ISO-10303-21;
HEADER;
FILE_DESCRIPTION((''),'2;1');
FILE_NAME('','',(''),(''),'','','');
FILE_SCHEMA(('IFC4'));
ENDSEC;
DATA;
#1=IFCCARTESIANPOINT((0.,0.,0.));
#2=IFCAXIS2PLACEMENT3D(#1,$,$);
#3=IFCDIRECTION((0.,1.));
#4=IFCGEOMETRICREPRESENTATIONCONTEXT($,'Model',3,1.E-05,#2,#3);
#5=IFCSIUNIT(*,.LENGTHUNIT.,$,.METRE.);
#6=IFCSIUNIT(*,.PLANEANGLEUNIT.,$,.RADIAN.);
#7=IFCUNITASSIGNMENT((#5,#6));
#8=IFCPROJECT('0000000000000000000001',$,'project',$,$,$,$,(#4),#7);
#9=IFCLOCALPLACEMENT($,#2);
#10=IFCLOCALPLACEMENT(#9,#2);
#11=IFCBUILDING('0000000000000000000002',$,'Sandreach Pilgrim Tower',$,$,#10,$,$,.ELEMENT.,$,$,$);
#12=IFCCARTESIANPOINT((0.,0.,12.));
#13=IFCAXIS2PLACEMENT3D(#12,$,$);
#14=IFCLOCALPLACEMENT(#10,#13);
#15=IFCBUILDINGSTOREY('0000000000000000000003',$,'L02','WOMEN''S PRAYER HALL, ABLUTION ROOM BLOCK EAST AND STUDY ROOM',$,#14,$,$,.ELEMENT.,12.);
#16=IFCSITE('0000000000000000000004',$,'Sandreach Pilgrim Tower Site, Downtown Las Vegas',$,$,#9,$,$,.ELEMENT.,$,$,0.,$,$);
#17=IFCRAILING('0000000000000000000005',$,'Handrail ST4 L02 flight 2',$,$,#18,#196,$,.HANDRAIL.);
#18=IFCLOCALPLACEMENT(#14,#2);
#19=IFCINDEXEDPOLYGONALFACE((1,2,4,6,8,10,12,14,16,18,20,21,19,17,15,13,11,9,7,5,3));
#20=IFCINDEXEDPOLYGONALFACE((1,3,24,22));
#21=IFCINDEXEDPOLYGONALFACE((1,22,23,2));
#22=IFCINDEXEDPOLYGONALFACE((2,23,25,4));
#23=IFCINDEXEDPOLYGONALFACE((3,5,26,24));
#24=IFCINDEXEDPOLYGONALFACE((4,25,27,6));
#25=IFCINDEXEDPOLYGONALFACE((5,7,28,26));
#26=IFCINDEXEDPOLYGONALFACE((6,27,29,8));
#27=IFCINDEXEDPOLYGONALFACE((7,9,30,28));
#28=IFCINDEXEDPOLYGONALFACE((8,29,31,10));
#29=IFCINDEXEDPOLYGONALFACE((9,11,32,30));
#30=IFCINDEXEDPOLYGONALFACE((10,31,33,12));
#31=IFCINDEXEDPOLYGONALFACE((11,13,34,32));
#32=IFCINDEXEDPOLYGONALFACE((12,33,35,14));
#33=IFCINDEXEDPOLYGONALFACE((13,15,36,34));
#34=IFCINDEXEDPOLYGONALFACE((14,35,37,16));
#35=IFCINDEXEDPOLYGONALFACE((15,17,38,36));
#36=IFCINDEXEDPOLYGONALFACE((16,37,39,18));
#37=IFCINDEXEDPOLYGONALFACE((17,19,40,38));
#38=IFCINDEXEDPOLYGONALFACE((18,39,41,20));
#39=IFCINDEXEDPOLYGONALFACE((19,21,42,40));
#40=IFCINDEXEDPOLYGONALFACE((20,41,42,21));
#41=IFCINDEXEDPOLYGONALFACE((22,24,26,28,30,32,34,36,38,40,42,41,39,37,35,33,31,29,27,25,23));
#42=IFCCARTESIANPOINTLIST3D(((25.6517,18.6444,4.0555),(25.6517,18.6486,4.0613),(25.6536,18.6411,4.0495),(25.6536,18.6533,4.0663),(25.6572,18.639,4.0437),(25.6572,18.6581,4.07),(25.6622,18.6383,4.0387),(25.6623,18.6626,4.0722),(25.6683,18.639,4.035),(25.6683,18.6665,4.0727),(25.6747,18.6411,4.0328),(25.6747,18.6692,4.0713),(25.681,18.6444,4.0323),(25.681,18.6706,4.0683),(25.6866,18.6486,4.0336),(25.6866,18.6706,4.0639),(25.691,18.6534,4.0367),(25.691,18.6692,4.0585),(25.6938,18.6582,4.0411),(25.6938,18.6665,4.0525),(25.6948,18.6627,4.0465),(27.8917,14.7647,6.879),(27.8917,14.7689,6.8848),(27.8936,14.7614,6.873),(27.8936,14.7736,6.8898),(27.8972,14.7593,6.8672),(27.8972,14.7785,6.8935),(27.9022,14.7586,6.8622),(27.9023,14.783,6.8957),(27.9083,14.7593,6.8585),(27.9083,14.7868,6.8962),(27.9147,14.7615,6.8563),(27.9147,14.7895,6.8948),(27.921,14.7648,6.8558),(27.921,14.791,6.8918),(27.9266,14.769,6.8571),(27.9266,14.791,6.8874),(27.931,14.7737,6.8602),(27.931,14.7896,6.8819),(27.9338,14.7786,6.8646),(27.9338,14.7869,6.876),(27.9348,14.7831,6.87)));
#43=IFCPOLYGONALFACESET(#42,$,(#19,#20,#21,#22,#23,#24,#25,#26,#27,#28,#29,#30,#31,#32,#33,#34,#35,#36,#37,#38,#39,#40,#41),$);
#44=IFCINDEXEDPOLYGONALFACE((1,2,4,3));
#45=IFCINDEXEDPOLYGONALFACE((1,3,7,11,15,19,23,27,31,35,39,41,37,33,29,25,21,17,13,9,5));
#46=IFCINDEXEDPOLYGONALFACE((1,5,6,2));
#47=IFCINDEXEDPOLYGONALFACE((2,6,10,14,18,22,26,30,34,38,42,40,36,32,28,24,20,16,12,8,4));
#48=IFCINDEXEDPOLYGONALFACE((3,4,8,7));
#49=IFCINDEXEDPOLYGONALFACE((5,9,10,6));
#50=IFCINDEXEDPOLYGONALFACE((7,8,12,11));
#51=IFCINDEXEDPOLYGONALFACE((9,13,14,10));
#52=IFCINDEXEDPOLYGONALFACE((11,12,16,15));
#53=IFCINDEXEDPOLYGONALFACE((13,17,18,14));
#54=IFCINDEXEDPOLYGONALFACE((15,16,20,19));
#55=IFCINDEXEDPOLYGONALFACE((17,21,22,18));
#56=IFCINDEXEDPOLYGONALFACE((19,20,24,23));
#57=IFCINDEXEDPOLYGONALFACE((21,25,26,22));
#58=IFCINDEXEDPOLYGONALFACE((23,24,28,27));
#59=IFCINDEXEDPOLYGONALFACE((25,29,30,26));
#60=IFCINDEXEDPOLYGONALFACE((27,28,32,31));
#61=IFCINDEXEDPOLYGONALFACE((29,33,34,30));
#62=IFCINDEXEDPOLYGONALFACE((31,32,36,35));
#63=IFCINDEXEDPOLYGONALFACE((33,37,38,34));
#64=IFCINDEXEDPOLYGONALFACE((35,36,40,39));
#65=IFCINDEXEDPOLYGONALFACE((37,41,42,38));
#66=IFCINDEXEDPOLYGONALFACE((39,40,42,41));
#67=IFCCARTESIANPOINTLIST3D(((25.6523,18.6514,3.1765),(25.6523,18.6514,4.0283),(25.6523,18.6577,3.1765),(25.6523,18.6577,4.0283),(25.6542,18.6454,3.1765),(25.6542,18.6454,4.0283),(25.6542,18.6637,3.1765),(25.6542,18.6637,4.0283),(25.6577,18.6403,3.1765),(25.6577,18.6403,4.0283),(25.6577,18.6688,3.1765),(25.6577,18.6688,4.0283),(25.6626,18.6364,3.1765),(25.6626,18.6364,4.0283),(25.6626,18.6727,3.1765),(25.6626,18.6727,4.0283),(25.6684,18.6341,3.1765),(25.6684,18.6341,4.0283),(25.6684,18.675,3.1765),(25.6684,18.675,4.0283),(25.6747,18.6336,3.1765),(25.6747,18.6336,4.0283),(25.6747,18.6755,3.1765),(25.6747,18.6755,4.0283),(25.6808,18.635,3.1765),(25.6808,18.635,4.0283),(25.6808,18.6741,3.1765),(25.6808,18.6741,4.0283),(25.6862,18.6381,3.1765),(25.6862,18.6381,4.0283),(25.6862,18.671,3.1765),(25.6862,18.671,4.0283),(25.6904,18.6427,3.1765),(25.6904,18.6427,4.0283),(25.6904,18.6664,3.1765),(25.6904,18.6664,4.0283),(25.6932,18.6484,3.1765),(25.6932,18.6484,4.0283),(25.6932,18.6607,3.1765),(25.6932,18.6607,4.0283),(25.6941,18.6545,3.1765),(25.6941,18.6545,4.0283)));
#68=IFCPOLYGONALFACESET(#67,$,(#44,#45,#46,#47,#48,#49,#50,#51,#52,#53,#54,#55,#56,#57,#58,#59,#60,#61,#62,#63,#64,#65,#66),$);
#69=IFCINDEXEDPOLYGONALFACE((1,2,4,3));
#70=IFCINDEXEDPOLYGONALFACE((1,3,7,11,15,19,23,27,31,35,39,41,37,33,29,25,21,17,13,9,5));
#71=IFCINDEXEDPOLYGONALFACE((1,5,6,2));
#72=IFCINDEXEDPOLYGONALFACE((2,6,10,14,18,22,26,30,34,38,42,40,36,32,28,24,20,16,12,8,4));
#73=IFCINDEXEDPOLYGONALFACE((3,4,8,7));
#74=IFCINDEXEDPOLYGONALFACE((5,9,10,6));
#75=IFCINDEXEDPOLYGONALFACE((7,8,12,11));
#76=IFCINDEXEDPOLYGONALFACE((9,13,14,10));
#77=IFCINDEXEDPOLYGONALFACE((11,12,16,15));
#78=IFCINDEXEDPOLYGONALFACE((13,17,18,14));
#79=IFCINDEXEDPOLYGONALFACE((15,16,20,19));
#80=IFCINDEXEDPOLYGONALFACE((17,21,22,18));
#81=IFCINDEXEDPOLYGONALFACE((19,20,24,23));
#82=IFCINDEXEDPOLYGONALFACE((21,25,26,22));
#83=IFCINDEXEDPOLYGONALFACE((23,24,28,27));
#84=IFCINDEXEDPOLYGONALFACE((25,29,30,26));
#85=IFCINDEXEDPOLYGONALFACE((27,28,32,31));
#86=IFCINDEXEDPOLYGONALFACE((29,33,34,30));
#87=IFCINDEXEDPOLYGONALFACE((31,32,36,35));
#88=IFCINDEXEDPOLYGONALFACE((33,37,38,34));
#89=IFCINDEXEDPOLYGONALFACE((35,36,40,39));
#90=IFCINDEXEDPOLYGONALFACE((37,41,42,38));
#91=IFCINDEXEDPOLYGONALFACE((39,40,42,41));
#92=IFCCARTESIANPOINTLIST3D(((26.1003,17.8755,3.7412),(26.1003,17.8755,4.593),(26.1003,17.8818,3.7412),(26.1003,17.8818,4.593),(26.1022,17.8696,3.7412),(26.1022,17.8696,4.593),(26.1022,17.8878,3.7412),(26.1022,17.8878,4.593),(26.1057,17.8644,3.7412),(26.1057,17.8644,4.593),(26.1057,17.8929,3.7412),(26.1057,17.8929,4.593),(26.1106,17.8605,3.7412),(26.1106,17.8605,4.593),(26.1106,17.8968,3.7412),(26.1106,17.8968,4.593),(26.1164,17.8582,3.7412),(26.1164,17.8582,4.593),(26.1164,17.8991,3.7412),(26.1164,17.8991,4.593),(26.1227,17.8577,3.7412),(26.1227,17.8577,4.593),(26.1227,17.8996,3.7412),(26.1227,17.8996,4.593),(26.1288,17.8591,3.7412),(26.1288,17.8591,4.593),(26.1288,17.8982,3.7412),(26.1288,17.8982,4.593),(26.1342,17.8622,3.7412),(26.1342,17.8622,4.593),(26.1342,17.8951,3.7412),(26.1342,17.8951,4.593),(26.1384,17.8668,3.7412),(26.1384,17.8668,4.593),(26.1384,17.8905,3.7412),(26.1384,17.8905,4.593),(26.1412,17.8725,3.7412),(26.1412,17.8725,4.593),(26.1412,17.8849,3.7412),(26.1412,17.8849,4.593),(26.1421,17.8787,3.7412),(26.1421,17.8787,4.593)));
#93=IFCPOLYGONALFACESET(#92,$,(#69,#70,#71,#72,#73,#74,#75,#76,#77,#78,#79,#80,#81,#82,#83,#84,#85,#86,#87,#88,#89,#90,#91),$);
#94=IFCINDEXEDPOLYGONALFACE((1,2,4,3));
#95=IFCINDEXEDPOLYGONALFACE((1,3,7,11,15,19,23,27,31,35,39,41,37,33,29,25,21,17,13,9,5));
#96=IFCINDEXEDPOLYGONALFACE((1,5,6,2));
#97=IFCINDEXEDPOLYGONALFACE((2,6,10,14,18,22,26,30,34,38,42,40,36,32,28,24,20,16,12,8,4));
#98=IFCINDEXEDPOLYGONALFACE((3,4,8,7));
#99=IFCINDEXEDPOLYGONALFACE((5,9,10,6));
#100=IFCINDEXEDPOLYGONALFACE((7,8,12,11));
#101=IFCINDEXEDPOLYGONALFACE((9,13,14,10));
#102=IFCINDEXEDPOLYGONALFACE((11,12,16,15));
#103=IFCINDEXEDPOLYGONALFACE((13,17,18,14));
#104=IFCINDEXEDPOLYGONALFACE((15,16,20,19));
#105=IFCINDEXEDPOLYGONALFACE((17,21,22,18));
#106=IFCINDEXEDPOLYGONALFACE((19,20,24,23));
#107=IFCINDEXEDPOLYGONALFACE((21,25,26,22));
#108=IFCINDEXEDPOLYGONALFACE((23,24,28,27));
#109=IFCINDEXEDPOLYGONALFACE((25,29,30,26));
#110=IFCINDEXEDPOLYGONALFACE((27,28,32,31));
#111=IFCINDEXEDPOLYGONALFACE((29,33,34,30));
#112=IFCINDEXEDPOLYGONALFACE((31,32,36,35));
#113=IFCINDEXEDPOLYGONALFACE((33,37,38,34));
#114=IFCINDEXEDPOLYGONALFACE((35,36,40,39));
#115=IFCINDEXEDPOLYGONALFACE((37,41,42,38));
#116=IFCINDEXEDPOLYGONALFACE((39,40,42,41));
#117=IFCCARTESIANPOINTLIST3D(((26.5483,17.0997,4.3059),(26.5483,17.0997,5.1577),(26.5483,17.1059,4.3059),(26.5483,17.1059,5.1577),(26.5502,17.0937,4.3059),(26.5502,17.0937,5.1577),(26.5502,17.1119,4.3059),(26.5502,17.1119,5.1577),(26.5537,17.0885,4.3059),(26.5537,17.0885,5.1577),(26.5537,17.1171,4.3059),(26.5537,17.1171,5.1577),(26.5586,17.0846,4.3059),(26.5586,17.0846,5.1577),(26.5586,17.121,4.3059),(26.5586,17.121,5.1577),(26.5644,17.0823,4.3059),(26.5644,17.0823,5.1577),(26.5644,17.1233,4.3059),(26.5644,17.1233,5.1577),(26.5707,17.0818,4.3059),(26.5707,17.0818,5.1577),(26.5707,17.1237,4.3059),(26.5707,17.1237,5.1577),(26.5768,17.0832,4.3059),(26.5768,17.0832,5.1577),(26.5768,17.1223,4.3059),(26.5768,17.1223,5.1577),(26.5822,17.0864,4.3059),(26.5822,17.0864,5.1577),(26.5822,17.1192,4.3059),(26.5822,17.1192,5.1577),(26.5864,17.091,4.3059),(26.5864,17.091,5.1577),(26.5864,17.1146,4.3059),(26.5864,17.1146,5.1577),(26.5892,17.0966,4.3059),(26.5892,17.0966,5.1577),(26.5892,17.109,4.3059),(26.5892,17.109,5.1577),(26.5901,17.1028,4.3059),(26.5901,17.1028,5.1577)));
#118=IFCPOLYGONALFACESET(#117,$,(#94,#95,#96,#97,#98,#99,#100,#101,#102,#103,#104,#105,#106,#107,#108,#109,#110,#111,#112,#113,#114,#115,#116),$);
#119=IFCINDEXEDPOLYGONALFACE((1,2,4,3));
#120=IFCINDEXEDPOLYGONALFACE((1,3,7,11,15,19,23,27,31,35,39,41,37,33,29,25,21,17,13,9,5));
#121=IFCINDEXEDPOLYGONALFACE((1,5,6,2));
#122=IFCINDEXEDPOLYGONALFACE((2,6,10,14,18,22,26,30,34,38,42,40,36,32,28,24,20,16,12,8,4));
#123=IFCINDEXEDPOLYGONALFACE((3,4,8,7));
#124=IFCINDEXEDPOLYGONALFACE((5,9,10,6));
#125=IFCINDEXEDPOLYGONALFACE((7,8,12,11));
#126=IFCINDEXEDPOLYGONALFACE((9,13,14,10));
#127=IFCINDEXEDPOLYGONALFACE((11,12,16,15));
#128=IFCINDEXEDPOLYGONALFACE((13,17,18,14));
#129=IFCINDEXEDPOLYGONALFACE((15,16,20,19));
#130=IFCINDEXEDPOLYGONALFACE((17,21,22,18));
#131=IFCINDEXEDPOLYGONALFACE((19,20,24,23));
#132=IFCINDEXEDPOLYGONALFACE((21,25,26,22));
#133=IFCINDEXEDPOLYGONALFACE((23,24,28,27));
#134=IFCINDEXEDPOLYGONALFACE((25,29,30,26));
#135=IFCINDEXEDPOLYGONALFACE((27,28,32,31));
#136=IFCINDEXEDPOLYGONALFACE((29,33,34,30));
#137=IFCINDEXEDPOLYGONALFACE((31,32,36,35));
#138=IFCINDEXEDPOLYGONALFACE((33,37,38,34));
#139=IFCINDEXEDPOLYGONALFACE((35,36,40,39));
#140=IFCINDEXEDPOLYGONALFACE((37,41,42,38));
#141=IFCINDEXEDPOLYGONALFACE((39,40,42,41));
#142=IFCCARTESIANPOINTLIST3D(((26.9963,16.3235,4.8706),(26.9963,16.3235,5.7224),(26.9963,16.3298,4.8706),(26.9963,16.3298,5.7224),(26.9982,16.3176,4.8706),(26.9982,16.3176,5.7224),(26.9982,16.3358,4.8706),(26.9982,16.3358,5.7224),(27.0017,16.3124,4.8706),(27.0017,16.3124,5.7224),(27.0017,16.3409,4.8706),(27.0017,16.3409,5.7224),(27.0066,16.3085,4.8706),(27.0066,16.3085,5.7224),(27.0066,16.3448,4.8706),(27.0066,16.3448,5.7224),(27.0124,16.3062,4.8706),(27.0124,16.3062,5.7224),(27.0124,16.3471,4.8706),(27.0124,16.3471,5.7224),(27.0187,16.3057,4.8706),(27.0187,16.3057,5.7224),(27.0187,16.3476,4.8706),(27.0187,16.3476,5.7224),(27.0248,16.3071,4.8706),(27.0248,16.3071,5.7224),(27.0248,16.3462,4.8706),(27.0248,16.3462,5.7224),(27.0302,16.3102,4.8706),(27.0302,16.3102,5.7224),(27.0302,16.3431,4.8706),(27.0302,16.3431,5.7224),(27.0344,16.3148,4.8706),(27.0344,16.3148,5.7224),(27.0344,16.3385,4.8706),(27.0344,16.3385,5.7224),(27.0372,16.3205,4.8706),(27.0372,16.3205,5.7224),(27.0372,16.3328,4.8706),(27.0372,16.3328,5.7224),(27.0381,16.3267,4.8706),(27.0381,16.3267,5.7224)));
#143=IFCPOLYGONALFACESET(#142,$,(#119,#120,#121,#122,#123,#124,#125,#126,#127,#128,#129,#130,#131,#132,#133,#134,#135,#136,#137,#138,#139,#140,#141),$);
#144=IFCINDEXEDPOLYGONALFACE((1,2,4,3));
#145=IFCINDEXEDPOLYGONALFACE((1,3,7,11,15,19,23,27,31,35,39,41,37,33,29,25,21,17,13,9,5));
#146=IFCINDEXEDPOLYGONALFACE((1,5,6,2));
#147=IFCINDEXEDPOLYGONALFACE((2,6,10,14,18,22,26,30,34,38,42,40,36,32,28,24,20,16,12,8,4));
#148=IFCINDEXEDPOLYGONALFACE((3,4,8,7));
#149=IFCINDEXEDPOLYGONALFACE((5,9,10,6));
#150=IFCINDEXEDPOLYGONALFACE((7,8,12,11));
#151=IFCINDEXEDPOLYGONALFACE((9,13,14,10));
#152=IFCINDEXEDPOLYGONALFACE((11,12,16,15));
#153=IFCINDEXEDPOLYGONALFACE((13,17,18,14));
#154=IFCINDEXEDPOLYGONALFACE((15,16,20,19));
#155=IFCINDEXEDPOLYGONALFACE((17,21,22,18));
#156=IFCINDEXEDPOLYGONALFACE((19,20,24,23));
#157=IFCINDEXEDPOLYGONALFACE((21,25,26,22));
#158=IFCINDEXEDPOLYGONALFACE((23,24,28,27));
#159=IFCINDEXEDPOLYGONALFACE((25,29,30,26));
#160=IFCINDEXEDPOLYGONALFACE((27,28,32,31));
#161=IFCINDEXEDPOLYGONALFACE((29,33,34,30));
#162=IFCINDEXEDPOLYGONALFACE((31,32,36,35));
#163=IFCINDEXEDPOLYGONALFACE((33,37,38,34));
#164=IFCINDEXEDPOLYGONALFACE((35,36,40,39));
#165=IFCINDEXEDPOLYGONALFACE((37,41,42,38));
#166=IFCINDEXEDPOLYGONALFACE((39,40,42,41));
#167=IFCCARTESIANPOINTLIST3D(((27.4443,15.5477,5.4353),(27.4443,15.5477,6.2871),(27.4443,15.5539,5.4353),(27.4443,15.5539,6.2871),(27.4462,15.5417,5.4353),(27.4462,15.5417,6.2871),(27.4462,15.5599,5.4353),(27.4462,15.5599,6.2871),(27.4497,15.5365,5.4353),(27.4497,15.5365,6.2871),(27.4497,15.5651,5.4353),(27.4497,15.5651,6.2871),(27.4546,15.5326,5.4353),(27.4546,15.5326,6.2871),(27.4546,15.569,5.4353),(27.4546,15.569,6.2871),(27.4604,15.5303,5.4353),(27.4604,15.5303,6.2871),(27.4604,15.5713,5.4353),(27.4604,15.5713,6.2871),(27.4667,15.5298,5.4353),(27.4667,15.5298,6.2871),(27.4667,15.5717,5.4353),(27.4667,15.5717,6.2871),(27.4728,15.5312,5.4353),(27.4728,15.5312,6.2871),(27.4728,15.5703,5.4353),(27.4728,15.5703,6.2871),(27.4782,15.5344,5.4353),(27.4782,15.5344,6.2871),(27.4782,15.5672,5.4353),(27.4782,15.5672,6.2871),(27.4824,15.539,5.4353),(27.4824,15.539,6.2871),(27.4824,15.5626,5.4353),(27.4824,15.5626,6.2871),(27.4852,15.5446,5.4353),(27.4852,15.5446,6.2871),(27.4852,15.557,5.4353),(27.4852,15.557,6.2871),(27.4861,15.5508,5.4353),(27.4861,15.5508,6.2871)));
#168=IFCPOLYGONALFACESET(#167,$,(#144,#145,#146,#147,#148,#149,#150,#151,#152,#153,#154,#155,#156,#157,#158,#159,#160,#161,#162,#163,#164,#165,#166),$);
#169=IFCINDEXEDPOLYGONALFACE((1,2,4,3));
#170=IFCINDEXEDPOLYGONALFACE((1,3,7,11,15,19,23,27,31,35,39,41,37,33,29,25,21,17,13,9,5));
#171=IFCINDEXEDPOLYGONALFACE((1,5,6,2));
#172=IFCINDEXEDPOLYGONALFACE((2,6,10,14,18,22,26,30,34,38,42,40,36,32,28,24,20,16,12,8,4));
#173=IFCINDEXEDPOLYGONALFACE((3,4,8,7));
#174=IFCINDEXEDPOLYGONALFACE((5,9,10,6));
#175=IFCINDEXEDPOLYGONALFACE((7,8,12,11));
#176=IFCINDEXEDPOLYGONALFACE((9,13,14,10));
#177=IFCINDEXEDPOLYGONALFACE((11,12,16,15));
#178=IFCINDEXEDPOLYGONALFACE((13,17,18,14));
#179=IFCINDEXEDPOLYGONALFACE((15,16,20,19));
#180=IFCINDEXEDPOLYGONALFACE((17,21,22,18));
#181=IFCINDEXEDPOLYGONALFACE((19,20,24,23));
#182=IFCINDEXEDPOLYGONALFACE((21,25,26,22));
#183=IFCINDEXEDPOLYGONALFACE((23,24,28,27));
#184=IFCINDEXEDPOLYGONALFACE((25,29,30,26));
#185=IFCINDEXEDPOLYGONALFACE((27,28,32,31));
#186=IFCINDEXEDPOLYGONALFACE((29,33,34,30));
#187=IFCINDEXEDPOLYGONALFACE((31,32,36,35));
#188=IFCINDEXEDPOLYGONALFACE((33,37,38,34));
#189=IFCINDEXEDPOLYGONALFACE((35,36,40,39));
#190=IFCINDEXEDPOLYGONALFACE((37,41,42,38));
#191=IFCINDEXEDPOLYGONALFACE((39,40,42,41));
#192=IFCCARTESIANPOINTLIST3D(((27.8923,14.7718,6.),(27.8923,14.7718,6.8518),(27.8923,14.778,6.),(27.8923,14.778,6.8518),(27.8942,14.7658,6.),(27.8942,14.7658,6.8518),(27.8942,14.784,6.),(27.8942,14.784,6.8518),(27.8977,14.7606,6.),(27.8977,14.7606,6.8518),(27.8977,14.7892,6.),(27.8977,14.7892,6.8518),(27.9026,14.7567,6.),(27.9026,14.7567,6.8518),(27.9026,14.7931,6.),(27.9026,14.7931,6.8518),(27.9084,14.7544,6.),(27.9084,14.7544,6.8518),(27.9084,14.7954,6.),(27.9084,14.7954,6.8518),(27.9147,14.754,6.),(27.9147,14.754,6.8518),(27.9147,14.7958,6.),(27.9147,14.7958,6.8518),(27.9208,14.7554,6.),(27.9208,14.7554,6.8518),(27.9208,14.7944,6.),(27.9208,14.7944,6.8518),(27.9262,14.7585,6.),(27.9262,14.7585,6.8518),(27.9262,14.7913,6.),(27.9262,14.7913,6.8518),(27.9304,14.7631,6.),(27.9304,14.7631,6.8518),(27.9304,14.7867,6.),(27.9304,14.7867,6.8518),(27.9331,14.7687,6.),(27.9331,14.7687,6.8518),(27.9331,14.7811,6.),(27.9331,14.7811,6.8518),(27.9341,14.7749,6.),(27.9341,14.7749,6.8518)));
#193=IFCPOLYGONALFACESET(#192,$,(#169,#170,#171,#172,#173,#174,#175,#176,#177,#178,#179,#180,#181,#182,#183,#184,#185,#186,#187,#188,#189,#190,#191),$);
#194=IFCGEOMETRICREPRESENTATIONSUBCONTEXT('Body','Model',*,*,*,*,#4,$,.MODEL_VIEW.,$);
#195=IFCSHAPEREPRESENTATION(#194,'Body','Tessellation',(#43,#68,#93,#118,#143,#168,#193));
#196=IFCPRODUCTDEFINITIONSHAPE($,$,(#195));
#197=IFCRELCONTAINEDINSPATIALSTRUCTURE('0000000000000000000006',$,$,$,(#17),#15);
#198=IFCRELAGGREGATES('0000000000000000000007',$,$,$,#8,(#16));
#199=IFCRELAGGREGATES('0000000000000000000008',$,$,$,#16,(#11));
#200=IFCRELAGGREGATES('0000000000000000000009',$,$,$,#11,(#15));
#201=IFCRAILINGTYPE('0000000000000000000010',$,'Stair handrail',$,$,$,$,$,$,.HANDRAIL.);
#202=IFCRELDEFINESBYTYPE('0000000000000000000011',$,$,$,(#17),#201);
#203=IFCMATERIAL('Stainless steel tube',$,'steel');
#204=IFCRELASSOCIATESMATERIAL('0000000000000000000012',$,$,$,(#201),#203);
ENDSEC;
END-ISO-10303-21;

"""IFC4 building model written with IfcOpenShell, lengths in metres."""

from ifc_helpers import new_model, si_unit, direction, frame, origin, origin_2d, place, context, subcontext, project, spatial, circle, extrude, material, type_object, element, save


model = new_model("IFC4")

# Units and contexts
model_context = context("Model", 3, precision=1e-05, world=origin(), true_north=direction((0.0, 1.0)))
body_context = subcontext(model_context, "Body", "Model", "MODEL_VIEW")
ifc_project = project(units=[si_unit("LENGTHUNIT", "METRE"), si_unit("PLANEANGLEUNIT", "RADIAN")], contexts=[model_context])

# Site, building, storey
site_placement = place(None, origin())
site = spatial("IfcSite", under=ifc_project, at=site_placement, Name="Sandreach Pilgrim Tower Site, Downtown Las Vegas", CompositionType="ELEMENT", RefElevation=0.0)
building_placement = place(site_placement, origin())
building = spatial("IfcBuilding", under=site, at=building_placement, Name="Sandreach Pilgrim Tower", CompositionType="ELEMENT")
storey_placement = place(building_placement, frame((0.0, 0.0, 12.0)))
storey = spatial("IfcBuildingStorey", under=building, at=storey_placement, Name="L02", Description="WOMEN'S PRAYER HALL, ABLUTION ROOM BLOCK EAST AND STUDY ROOM", CompositionType="ELEMENT", Elevation=12.0)

# Railing
ifc_material_1 = material(Name="Stainless steel tube", Category="steel")
railing_type = type_object("IfcRailingType", Name="Stair handrail", PredefinedType="HANDRAIL", material=ifc_material_1)
railing_placement = place(storey_placement, frame((25.6731, 18.6545, 3.1765)))
element("IfcRailing", 1, at=railing_placement, inside=storey, type_object=railing_type, Name="Handrail ST4 L02 flight 2", PredefinedType="HANDRAIL", context=body_context, shape_type="SweptSolid", body=[
    extrude(circle(Radius=0.0239, at=origin_2d()), frame((0.0, 0.0, 0.876), z_axis=(0.423007, -0.732644, 0.533196), x_axis=(0.866018, 0.500013, 0.0)), (0.0, 0.0, 1.0), 5.2954),
    extrude(circle(Radius=0.021, at=origin_2d()), origin(), (0.0, 0.0, 1.0), 0.8518),
    extrude(circle(Radius=0.021, at=origin_2d()), frame((0.448, -0.7759, 0.5647)), (0.0, 0.0, 1.0), 0.8518),
    extrude(circle(Radius=0.021, at=origin_2d()), frame((0.896, -1.5518, 1.1294)), (0.0, 0.0, 1.0), 0.8518),
    extrude(circle(Radius=0.021, at=origin_2d()), frame((1.344, -2.3279, 1.6941)), (0.0, 0.0, 1.0), 0.8518),
    extrude(circle(Radius=0.021, at=origin_2d()), frame((1.792, -3.1038, 2.2588)), (0.0, 0.0, 1.0), 0.8518),
    extrude(circle(Radius=0.021, at=origin_2d()), frame((2.24, -3.8796, 2.8235)), (0.0, 0.0, 1.0), 0.8518),
])

save(model, "model.ifc")
